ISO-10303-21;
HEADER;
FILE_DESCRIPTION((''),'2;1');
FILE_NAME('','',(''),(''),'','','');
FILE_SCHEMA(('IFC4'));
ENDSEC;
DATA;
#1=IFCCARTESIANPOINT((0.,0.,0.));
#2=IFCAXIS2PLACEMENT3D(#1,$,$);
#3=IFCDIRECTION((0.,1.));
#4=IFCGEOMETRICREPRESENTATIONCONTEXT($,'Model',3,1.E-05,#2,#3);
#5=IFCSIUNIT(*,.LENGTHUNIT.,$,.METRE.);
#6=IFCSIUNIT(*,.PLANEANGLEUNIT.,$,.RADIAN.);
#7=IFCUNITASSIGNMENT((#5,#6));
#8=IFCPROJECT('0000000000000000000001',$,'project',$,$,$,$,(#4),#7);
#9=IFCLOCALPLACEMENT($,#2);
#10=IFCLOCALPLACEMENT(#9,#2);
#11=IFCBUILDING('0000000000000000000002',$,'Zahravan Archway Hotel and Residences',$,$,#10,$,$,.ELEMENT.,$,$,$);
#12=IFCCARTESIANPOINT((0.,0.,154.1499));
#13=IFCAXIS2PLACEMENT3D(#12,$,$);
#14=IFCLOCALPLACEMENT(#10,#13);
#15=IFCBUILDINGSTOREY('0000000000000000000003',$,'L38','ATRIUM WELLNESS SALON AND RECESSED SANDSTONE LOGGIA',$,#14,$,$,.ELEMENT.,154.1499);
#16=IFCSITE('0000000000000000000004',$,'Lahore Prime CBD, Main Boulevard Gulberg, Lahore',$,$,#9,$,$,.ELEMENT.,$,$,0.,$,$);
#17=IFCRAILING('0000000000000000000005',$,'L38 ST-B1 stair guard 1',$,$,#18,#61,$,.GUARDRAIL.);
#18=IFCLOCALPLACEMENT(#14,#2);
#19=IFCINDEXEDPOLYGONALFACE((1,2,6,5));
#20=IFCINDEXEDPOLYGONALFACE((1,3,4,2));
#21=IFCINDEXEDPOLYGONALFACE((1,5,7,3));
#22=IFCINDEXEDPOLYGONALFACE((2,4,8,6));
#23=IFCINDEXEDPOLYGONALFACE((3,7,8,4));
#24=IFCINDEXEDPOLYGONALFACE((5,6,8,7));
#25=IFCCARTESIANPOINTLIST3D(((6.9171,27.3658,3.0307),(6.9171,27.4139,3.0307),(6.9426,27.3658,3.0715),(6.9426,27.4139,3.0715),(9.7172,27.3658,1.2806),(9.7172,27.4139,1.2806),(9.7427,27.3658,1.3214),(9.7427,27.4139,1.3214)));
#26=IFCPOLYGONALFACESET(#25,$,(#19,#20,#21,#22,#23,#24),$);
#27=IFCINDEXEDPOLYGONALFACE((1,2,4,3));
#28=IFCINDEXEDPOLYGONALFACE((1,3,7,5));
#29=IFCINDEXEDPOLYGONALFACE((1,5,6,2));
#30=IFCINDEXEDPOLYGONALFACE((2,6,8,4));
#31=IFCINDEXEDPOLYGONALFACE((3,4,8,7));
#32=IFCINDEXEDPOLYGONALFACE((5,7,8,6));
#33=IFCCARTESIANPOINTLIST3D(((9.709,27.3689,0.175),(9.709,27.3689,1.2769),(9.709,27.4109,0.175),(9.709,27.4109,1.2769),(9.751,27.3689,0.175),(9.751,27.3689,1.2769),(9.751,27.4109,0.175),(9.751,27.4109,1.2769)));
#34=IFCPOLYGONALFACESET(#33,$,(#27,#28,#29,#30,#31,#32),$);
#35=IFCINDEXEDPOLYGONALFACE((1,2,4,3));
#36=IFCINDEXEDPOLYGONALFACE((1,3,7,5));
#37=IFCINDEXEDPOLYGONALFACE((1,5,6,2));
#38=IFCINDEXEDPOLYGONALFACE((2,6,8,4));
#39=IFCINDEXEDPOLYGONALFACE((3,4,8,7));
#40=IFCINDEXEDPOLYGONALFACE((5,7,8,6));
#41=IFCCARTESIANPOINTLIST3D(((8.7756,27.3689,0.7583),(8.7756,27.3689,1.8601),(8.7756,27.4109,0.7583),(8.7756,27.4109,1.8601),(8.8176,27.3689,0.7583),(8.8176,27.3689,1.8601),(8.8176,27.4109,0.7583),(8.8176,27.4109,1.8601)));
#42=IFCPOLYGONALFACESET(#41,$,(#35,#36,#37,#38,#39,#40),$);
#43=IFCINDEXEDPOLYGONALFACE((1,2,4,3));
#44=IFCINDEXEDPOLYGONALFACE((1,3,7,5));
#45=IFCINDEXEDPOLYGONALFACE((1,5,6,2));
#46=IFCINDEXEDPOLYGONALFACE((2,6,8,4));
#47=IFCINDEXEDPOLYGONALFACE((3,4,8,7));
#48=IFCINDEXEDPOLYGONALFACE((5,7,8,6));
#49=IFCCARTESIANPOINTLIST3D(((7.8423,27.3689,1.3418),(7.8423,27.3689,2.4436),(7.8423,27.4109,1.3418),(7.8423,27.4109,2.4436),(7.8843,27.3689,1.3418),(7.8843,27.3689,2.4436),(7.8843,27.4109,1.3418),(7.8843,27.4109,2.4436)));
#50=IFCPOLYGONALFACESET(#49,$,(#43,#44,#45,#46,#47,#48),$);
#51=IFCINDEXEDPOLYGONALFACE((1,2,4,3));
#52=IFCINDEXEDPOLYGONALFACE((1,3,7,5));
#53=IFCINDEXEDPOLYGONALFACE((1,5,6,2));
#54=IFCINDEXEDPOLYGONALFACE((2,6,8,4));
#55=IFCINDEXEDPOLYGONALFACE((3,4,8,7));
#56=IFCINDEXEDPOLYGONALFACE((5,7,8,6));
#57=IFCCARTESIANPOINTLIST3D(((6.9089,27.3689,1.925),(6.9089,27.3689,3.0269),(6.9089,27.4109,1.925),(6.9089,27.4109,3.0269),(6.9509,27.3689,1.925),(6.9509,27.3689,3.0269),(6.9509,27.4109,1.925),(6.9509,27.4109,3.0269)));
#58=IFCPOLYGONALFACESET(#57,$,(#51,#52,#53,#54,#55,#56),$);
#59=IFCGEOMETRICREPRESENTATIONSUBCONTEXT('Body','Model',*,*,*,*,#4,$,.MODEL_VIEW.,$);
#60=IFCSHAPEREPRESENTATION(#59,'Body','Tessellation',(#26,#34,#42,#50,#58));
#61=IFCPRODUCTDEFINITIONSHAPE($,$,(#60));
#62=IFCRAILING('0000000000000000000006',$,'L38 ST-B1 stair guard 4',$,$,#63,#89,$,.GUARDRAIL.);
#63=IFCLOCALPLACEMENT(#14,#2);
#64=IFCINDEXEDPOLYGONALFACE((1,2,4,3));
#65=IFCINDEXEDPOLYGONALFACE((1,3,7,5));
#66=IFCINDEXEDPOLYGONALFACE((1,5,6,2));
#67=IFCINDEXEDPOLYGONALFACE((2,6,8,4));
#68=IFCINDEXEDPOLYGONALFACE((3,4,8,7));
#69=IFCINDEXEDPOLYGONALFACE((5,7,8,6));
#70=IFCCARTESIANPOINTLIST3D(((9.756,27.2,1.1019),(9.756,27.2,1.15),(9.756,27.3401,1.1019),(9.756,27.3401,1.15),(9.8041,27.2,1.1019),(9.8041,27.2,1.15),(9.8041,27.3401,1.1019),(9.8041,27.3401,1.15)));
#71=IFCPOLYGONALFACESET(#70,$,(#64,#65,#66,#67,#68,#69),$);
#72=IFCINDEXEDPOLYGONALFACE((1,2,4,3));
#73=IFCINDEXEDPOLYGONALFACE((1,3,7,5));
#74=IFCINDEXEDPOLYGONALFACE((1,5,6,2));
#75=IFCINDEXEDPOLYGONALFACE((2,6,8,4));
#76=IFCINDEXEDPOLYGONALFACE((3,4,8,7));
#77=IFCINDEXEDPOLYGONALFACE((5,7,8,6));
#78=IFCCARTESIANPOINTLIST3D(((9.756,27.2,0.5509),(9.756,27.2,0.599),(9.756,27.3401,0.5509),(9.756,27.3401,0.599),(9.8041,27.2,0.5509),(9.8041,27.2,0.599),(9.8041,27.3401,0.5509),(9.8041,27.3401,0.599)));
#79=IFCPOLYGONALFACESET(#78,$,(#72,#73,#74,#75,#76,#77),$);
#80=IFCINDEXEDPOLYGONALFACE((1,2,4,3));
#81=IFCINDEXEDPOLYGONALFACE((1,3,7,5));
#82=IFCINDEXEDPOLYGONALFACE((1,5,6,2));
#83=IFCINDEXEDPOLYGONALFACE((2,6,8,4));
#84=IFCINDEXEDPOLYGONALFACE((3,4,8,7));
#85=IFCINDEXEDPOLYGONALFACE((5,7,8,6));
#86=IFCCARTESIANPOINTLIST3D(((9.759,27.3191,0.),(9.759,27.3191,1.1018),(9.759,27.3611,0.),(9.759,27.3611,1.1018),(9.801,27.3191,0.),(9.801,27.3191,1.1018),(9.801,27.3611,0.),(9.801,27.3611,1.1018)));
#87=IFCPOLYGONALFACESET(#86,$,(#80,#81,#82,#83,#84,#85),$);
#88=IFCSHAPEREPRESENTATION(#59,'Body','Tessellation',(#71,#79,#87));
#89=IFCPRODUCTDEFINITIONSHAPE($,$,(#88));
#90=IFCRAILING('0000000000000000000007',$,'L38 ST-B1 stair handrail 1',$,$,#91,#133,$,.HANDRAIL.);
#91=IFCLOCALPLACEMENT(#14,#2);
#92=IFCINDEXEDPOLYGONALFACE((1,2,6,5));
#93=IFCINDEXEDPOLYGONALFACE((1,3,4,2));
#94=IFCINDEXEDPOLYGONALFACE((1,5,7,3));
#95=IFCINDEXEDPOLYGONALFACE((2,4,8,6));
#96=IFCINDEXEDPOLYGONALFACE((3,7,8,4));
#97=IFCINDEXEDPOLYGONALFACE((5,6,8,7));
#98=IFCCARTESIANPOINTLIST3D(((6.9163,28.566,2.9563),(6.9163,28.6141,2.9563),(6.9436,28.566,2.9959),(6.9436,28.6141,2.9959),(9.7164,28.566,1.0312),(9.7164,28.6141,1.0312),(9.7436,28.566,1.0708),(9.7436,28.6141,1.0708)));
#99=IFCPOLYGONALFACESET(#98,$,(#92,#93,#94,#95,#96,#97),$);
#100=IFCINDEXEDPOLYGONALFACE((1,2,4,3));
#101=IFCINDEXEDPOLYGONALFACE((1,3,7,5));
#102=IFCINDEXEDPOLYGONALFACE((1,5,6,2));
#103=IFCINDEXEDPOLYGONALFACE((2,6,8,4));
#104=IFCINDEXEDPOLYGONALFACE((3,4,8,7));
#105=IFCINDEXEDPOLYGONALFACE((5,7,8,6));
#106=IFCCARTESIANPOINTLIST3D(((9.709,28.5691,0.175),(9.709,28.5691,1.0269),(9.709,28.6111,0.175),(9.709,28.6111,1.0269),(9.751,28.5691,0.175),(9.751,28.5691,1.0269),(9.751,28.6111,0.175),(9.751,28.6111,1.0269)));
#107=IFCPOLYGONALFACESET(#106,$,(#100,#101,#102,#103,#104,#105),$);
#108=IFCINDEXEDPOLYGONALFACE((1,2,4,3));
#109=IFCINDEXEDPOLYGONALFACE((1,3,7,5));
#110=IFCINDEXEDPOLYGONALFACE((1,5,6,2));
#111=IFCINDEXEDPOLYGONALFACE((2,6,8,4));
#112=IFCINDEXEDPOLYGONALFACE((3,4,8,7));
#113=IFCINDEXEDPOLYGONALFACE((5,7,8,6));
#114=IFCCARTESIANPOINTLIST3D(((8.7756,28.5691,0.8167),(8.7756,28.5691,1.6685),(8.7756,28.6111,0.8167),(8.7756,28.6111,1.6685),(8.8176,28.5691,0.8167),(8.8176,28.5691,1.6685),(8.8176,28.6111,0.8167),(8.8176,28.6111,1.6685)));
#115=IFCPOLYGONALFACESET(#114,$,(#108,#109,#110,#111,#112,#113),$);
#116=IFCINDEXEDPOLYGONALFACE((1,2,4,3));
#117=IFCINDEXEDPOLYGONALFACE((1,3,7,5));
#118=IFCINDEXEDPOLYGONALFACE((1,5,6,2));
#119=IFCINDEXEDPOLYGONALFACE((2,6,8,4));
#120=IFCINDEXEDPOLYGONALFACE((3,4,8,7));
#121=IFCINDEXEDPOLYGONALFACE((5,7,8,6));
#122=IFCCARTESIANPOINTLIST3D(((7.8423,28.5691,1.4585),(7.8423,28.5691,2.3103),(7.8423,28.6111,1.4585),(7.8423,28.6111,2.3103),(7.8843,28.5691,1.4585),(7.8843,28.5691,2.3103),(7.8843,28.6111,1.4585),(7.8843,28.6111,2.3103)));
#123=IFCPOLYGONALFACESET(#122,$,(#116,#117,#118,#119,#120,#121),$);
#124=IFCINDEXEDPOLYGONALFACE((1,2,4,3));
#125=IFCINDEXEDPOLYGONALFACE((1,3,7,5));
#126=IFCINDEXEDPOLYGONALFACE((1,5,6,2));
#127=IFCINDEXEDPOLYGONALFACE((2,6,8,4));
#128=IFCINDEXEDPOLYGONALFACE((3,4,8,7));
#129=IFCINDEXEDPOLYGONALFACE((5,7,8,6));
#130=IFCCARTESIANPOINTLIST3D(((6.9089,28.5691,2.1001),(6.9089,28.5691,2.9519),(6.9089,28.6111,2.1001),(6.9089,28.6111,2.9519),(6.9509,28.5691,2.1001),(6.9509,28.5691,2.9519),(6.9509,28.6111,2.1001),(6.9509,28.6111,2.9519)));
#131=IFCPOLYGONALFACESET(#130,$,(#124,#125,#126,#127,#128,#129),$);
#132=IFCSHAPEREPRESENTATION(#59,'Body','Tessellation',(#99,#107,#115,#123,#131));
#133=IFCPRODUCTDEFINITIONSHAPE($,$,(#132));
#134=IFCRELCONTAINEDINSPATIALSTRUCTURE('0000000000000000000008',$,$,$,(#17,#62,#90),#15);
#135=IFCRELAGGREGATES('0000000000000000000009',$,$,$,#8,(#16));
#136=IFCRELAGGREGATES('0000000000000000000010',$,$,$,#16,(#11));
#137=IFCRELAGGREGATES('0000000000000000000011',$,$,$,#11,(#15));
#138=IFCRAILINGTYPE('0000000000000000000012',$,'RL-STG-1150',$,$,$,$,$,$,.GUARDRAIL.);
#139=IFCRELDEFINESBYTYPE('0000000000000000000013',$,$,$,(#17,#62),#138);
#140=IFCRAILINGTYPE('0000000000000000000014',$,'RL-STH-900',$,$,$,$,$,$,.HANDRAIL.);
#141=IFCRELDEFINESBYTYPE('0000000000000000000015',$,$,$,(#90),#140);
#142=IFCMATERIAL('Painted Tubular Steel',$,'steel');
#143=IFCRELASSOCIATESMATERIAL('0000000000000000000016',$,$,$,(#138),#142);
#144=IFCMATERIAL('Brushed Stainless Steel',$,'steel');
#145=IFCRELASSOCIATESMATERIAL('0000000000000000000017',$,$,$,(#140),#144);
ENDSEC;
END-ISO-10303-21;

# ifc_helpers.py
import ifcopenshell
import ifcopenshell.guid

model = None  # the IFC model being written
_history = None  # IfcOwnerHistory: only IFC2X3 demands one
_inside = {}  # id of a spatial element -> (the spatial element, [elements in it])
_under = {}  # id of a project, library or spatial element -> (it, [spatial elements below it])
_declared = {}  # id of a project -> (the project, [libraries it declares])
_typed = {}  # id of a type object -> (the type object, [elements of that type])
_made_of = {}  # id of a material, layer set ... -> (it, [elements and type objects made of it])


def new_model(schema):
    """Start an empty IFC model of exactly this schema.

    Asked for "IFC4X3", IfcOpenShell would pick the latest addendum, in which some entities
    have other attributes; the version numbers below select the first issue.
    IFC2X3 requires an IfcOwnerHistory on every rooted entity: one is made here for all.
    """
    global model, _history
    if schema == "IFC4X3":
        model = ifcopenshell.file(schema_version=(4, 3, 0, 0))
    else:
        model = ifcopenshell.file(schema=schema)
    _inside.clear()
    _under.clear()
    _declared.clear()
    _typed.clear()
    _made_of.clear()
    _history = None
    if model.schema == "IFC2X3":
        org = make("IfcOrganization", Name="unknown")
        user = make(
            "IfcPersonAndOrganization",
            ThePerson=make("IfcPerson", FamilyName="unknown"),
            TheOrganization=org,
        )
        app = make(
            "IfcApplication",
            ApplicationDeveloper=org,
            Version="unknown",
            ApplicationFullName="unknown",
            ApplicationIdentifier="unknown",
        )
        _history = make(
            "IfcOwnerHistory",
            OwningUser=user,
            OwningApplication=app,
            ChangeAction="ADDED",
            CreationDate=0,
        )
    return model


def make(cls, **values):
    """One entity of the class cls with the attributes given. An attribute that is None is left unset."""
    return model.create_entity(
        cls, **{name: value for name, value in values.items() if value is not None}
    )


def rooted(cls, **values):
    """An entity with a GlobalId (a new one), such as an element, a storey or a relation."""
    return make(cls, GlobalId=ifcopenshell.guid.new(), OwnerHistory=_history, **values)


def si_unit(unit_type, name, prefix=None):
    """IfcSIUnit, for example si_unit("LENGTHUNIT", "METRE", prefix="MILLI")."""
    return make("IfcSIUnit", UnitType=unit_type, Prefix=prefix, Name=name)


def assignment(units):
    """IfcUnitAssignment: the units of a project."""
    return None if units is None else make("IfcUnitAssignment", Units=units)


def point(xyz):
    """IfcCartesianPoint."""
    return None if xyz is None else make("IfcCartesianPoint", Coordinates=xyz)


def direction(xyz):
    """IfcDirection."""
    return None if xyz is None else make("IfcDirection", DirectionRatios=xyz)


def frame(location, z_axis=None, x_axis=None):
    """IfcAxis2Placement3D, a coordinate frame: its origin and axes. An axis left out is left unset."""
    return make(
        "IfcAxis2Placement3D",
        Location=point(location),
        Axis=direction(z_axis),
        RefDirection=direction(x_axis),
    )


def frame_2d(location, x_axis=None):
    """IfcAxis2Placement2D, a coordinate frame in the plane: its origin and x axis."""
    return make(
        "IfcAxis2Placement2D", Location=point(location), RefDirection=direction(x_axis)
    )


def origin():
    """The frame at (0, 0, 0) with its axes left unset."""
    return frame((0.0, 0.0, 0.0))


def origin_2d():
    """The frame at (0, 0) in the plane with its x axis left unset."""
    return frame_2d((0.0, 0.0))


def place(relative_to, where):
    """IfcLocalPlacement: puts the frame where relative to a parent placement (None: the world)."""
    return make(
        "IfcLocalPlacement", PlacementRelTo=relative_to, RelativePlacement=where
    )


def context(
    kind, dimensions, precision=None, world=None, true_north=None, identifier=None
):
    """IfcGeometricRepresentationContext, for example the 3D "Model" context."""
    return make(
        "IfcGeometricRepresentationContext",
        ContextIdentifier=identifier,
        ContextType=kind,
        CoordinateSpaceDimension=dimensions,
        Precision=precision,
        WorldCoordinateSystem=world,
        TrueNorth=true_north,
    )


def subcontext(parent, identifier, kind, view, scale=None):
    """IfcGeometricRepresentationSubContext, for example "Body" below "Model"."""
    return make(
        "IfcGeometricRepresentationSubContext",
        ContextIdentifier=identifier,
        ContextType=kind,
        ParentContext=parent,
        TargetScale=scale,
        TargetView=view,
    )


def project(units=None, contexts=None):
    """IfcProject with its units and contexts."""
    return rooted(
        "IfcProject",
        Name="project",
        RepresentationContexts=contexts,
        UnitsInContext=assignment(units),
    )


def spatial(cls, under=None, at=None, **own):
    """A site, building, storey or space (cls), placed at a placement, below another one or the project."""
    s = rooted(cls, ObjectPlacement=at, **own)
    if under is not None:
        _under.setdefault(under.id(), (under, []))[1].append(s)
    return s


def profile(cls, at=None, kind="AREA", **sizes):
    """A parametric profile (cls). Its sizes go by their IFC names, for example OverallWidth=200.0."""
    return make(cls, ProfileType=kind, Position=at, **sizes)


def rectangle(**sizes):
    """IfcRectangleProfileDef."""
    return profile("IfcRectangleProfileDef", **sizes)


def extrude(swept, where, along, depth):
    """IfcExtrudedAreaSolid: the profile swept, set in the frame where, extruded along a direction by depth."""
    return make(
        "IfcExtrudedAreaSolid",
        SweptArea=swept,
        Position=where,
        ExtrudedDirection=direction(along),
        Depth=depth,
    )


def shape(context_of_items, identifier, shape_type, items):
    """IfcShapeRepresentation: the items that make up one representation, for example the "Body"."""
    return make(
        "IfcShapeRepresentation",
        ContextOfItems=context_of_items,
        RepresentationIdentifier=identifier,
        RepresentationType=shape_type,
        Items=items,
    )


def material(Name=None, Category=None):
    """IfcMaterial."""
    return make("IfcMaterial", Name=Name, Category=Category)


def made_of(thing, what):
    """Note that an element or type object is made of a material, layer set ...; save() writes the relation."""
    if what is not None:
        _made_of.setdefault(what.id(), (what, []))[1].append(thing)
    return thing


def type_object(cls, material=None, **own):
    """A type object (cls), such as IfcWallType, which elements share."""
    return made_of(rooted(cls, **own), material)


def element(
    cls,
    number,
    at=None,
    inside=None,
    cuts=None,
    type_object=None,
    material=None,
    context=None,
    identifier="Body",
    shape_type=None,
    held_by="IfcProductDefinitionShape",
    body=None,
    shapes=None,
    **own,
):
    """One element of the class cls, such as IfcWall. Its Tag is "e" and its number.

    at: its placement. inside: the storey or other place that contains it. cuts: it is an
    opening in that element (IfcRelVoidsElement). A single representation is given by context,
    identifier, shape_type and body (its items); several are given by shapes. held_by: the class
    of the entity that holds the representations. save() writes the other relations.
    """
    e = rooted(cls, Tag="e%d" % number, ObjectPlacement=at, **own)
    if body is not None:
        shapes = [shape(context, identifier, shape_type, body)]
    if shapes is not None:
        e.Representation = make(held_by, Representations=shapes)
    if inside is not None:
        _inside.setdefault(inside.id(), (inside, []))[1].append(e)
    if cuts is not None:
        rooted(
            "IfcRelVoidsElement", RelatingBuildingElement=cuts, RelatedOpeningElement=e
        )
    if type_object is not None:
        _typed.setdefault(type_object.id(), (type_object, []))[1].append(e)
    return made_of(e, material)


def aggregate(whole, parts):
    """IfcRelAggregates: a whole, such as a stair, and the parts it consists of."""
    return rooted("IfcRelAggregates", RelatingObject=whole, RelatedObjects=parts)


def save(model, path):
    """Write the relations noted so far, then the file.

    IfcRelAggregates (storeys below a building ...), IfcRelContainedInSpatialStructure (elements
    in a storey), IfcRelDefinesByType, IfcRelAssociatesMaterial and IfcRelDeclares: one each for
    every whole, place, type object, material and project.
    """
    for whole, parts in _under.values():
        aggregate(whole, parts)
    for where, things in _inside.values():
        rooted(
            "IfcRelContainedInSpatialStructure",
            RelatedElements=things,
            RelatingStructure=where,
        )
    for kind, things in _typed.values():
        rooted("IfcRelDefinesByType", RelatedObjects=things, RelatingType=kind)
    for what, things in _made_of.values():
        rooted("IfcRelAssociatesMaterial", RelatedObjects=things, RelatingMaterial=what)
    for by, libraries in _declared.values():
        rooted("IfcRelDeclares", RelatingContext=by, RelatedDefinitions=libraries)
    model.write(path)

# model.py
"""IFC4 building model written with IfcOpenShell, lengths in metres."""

from ifc_helpers import new_model, si_unit, direction, frame, origin, origin_2d, place, context, subcontext, project, spatial, rectangle, extrude, material, type_object, element, save


model = new_model("IFC4")

# Units and contexts
model_context = context("Model", 3, precision=1e-05, world=origin(), true_north=direction((0.0, 1.0)))
body_context = subcontext(model_context, "Body", "Model", "MODEL_VIEW")
ifc_project = project(units=[si_unit("LENGTHUNIT", "METRE"), si_unit("PLANEANGLEUNIT", "RADIAN")], contexts=[model_context])

# Site, building, storey
site_placement = place(None, origin())
site = spatial("IfcSite", under=ifc_project, at=site_placement, Name="Lahore Prime CBD, Main Boulevard Gulberg, Lahore", CompositionType="ELEMENT", RefElevation=0.0)
building_placement = place(site_placement, origin())
building = spatial("IfcBuilding", under=site, at=building_placement, Name="Zahravan Archway Hotel and Residences", CompositionType="ELEMENT")
storey_placement = place(building_placement, frame((0.0, 0.0, 154.1499)))
storey = spatial("IfcBuildingStorey", under=building, at=storey_placement, Name="L38", Description="ATRIUM WELLNESS SALON AND RECESSED SANDSTONE LOGGIA", CompositionType="ELEMENT", Elevation=154.1499)

# Shared definitions
ifc_material_1 = material(Name="Brushed Stainless Steel", Category="steel")

# Railings
ifc_material_2 = material(Name="Painted Tubular Steel", Category="steel")
railing_type_1 = type_object("IfcRailingType", Name="RL-STG-1150", PredefinedType="GUARDRAIL", material=ifc_material_2)
railing_1_placement = place(storey_placement, frame((9.73, 27.3899, 0.175)))
element("IfcRailing", 1, at=railing_1_placement, inside=storey, type_object=railing_type_1, Name="L38 ST-B1 stair guard 1", PredefinedType="GUARDRAIL", context=body_context, shape_type="SweptSolid", body=[
    extrude(rectangle(XDim=0.0481, YDim=0.0481, at=origin_2d()), frame((0.0, 0.0, 1.126), z_axis=(-0.848002, 0.0, 0.529992), x_axis=(0.0, -1.0, 0.0)), (0.0, 0.0, 1.0), 3.302),
    extrude(rectangle(XDim=0.042, YDim=0.042, at=origin_2d()), origin(), (0.0, 0.0, 1.0), 1.1018),
    extrude(rectangle(XDim=0.042, YDim=0.042, at=origin_2d()), frame((-0.9333, 0.0, 0.5833)), (0.0, 0.0, 1.0), 1.1018),
    extrude(rectangle(XDim=0.042, YDim=0.042, at=origin_2d()), frame((-1.8667, 0.0, 1.1667)), (0.0, 0.0, 1.0), 1.1018),
    extrude(rectangle(XDim=0.042, YDim=0.042, at=origin_2d()), frame((-2.8, 0.0, 1.75)), (0.0, 0.0, 1.0), 1.1018),
])
railing_2_placement = place(storey_placement, frame((9.78, 27.3401, 0.0)))
element("IfcRailing", 2, at=railing_2_placement, inside=storey, type_object=railing_type_1, Name="L38 ST-B1 stair guard 4", PredefinedType="GUARDRAIL", context=body_context, shape_type="SweptSolid", body=[
    extrude(rectangle(XDim=0.0481, YDim=0.0481, at=origin_2d()), frame((0.0, 0.0, 1.126), z_axis=(0.0, -1.0, 0.0), x_axis=(1.0, 0.0, 0.0)), (0.0, 0.0, 1.0), 0.1401),
    extrude(rectangle(XDim=0.0481, YDim=0.0481, at=origin_2d()), frame((0.0, 0.0, 0.575), z_axis=(0.0, -1.0, 0.0), x_axis=(1.0, 0.0, 0.0)), (0.0, 0.0, 1.0), 0.1401),
    extrude(rectangle(XDim=0.042, YDim=0.042, at=origin_2d()), origin(), (0.0, 0.0, 1.0), 1.1018),
])
railing_type_2 = type_object("IfcRailingType", Name="RL-STH-900", PredefinedType="HANDRAIL", material=ifc_material_1)
railing_3_placement = place(storey_placement, frame((9.73, 28.5901, 0.175)))
element("IfcRailing", 3, at=railing_3_placement, inside=storey, type_object=railing_type_2, Name="L38 ST-B1 stair handrail 1", PredefinedType="HANDRAIL", context=body_context, shape_type="SweptSolid", body=[
    extrude(rectangle(XDim=0.0481, YDim=0.0481, at=origin_2d()), frame((0.0, 0.0, 0.876), z_axis=(-0.82404, 0.0, 0.566532), x_axis=(0.0, -1.0, 0.0)), (0.0, 0.0, 1.0), 3.3979),
    extrude(rectangle(XDim=0.042, YDim=0.042, at=origin_2d()), origin(), (0.0, 0.0, 1.0), 0.8518),
    extrude(rectangle(XDim=0.042, YDim=0.042, at=origin_2d()), frame((-0.9333, 0.0, 0.6416)), (0.0, 0.0, 1.0), 0.8518),
    extrude(rectangle(XDim=0.042, YDim=0.042, at=origin_2d()), frame((-1.8667, 0.0, 1.2834)), (0.0, 0.0, 1.0), 0.8518),
    extrude(rectangle(XDim=0.042, YDim=0.042, at=origin_2d()), frame((-2.8, 0.0, 1.925)), (0.0, 0.0, 1.0), 0.8518),
])

save(model, "model.ifc")
